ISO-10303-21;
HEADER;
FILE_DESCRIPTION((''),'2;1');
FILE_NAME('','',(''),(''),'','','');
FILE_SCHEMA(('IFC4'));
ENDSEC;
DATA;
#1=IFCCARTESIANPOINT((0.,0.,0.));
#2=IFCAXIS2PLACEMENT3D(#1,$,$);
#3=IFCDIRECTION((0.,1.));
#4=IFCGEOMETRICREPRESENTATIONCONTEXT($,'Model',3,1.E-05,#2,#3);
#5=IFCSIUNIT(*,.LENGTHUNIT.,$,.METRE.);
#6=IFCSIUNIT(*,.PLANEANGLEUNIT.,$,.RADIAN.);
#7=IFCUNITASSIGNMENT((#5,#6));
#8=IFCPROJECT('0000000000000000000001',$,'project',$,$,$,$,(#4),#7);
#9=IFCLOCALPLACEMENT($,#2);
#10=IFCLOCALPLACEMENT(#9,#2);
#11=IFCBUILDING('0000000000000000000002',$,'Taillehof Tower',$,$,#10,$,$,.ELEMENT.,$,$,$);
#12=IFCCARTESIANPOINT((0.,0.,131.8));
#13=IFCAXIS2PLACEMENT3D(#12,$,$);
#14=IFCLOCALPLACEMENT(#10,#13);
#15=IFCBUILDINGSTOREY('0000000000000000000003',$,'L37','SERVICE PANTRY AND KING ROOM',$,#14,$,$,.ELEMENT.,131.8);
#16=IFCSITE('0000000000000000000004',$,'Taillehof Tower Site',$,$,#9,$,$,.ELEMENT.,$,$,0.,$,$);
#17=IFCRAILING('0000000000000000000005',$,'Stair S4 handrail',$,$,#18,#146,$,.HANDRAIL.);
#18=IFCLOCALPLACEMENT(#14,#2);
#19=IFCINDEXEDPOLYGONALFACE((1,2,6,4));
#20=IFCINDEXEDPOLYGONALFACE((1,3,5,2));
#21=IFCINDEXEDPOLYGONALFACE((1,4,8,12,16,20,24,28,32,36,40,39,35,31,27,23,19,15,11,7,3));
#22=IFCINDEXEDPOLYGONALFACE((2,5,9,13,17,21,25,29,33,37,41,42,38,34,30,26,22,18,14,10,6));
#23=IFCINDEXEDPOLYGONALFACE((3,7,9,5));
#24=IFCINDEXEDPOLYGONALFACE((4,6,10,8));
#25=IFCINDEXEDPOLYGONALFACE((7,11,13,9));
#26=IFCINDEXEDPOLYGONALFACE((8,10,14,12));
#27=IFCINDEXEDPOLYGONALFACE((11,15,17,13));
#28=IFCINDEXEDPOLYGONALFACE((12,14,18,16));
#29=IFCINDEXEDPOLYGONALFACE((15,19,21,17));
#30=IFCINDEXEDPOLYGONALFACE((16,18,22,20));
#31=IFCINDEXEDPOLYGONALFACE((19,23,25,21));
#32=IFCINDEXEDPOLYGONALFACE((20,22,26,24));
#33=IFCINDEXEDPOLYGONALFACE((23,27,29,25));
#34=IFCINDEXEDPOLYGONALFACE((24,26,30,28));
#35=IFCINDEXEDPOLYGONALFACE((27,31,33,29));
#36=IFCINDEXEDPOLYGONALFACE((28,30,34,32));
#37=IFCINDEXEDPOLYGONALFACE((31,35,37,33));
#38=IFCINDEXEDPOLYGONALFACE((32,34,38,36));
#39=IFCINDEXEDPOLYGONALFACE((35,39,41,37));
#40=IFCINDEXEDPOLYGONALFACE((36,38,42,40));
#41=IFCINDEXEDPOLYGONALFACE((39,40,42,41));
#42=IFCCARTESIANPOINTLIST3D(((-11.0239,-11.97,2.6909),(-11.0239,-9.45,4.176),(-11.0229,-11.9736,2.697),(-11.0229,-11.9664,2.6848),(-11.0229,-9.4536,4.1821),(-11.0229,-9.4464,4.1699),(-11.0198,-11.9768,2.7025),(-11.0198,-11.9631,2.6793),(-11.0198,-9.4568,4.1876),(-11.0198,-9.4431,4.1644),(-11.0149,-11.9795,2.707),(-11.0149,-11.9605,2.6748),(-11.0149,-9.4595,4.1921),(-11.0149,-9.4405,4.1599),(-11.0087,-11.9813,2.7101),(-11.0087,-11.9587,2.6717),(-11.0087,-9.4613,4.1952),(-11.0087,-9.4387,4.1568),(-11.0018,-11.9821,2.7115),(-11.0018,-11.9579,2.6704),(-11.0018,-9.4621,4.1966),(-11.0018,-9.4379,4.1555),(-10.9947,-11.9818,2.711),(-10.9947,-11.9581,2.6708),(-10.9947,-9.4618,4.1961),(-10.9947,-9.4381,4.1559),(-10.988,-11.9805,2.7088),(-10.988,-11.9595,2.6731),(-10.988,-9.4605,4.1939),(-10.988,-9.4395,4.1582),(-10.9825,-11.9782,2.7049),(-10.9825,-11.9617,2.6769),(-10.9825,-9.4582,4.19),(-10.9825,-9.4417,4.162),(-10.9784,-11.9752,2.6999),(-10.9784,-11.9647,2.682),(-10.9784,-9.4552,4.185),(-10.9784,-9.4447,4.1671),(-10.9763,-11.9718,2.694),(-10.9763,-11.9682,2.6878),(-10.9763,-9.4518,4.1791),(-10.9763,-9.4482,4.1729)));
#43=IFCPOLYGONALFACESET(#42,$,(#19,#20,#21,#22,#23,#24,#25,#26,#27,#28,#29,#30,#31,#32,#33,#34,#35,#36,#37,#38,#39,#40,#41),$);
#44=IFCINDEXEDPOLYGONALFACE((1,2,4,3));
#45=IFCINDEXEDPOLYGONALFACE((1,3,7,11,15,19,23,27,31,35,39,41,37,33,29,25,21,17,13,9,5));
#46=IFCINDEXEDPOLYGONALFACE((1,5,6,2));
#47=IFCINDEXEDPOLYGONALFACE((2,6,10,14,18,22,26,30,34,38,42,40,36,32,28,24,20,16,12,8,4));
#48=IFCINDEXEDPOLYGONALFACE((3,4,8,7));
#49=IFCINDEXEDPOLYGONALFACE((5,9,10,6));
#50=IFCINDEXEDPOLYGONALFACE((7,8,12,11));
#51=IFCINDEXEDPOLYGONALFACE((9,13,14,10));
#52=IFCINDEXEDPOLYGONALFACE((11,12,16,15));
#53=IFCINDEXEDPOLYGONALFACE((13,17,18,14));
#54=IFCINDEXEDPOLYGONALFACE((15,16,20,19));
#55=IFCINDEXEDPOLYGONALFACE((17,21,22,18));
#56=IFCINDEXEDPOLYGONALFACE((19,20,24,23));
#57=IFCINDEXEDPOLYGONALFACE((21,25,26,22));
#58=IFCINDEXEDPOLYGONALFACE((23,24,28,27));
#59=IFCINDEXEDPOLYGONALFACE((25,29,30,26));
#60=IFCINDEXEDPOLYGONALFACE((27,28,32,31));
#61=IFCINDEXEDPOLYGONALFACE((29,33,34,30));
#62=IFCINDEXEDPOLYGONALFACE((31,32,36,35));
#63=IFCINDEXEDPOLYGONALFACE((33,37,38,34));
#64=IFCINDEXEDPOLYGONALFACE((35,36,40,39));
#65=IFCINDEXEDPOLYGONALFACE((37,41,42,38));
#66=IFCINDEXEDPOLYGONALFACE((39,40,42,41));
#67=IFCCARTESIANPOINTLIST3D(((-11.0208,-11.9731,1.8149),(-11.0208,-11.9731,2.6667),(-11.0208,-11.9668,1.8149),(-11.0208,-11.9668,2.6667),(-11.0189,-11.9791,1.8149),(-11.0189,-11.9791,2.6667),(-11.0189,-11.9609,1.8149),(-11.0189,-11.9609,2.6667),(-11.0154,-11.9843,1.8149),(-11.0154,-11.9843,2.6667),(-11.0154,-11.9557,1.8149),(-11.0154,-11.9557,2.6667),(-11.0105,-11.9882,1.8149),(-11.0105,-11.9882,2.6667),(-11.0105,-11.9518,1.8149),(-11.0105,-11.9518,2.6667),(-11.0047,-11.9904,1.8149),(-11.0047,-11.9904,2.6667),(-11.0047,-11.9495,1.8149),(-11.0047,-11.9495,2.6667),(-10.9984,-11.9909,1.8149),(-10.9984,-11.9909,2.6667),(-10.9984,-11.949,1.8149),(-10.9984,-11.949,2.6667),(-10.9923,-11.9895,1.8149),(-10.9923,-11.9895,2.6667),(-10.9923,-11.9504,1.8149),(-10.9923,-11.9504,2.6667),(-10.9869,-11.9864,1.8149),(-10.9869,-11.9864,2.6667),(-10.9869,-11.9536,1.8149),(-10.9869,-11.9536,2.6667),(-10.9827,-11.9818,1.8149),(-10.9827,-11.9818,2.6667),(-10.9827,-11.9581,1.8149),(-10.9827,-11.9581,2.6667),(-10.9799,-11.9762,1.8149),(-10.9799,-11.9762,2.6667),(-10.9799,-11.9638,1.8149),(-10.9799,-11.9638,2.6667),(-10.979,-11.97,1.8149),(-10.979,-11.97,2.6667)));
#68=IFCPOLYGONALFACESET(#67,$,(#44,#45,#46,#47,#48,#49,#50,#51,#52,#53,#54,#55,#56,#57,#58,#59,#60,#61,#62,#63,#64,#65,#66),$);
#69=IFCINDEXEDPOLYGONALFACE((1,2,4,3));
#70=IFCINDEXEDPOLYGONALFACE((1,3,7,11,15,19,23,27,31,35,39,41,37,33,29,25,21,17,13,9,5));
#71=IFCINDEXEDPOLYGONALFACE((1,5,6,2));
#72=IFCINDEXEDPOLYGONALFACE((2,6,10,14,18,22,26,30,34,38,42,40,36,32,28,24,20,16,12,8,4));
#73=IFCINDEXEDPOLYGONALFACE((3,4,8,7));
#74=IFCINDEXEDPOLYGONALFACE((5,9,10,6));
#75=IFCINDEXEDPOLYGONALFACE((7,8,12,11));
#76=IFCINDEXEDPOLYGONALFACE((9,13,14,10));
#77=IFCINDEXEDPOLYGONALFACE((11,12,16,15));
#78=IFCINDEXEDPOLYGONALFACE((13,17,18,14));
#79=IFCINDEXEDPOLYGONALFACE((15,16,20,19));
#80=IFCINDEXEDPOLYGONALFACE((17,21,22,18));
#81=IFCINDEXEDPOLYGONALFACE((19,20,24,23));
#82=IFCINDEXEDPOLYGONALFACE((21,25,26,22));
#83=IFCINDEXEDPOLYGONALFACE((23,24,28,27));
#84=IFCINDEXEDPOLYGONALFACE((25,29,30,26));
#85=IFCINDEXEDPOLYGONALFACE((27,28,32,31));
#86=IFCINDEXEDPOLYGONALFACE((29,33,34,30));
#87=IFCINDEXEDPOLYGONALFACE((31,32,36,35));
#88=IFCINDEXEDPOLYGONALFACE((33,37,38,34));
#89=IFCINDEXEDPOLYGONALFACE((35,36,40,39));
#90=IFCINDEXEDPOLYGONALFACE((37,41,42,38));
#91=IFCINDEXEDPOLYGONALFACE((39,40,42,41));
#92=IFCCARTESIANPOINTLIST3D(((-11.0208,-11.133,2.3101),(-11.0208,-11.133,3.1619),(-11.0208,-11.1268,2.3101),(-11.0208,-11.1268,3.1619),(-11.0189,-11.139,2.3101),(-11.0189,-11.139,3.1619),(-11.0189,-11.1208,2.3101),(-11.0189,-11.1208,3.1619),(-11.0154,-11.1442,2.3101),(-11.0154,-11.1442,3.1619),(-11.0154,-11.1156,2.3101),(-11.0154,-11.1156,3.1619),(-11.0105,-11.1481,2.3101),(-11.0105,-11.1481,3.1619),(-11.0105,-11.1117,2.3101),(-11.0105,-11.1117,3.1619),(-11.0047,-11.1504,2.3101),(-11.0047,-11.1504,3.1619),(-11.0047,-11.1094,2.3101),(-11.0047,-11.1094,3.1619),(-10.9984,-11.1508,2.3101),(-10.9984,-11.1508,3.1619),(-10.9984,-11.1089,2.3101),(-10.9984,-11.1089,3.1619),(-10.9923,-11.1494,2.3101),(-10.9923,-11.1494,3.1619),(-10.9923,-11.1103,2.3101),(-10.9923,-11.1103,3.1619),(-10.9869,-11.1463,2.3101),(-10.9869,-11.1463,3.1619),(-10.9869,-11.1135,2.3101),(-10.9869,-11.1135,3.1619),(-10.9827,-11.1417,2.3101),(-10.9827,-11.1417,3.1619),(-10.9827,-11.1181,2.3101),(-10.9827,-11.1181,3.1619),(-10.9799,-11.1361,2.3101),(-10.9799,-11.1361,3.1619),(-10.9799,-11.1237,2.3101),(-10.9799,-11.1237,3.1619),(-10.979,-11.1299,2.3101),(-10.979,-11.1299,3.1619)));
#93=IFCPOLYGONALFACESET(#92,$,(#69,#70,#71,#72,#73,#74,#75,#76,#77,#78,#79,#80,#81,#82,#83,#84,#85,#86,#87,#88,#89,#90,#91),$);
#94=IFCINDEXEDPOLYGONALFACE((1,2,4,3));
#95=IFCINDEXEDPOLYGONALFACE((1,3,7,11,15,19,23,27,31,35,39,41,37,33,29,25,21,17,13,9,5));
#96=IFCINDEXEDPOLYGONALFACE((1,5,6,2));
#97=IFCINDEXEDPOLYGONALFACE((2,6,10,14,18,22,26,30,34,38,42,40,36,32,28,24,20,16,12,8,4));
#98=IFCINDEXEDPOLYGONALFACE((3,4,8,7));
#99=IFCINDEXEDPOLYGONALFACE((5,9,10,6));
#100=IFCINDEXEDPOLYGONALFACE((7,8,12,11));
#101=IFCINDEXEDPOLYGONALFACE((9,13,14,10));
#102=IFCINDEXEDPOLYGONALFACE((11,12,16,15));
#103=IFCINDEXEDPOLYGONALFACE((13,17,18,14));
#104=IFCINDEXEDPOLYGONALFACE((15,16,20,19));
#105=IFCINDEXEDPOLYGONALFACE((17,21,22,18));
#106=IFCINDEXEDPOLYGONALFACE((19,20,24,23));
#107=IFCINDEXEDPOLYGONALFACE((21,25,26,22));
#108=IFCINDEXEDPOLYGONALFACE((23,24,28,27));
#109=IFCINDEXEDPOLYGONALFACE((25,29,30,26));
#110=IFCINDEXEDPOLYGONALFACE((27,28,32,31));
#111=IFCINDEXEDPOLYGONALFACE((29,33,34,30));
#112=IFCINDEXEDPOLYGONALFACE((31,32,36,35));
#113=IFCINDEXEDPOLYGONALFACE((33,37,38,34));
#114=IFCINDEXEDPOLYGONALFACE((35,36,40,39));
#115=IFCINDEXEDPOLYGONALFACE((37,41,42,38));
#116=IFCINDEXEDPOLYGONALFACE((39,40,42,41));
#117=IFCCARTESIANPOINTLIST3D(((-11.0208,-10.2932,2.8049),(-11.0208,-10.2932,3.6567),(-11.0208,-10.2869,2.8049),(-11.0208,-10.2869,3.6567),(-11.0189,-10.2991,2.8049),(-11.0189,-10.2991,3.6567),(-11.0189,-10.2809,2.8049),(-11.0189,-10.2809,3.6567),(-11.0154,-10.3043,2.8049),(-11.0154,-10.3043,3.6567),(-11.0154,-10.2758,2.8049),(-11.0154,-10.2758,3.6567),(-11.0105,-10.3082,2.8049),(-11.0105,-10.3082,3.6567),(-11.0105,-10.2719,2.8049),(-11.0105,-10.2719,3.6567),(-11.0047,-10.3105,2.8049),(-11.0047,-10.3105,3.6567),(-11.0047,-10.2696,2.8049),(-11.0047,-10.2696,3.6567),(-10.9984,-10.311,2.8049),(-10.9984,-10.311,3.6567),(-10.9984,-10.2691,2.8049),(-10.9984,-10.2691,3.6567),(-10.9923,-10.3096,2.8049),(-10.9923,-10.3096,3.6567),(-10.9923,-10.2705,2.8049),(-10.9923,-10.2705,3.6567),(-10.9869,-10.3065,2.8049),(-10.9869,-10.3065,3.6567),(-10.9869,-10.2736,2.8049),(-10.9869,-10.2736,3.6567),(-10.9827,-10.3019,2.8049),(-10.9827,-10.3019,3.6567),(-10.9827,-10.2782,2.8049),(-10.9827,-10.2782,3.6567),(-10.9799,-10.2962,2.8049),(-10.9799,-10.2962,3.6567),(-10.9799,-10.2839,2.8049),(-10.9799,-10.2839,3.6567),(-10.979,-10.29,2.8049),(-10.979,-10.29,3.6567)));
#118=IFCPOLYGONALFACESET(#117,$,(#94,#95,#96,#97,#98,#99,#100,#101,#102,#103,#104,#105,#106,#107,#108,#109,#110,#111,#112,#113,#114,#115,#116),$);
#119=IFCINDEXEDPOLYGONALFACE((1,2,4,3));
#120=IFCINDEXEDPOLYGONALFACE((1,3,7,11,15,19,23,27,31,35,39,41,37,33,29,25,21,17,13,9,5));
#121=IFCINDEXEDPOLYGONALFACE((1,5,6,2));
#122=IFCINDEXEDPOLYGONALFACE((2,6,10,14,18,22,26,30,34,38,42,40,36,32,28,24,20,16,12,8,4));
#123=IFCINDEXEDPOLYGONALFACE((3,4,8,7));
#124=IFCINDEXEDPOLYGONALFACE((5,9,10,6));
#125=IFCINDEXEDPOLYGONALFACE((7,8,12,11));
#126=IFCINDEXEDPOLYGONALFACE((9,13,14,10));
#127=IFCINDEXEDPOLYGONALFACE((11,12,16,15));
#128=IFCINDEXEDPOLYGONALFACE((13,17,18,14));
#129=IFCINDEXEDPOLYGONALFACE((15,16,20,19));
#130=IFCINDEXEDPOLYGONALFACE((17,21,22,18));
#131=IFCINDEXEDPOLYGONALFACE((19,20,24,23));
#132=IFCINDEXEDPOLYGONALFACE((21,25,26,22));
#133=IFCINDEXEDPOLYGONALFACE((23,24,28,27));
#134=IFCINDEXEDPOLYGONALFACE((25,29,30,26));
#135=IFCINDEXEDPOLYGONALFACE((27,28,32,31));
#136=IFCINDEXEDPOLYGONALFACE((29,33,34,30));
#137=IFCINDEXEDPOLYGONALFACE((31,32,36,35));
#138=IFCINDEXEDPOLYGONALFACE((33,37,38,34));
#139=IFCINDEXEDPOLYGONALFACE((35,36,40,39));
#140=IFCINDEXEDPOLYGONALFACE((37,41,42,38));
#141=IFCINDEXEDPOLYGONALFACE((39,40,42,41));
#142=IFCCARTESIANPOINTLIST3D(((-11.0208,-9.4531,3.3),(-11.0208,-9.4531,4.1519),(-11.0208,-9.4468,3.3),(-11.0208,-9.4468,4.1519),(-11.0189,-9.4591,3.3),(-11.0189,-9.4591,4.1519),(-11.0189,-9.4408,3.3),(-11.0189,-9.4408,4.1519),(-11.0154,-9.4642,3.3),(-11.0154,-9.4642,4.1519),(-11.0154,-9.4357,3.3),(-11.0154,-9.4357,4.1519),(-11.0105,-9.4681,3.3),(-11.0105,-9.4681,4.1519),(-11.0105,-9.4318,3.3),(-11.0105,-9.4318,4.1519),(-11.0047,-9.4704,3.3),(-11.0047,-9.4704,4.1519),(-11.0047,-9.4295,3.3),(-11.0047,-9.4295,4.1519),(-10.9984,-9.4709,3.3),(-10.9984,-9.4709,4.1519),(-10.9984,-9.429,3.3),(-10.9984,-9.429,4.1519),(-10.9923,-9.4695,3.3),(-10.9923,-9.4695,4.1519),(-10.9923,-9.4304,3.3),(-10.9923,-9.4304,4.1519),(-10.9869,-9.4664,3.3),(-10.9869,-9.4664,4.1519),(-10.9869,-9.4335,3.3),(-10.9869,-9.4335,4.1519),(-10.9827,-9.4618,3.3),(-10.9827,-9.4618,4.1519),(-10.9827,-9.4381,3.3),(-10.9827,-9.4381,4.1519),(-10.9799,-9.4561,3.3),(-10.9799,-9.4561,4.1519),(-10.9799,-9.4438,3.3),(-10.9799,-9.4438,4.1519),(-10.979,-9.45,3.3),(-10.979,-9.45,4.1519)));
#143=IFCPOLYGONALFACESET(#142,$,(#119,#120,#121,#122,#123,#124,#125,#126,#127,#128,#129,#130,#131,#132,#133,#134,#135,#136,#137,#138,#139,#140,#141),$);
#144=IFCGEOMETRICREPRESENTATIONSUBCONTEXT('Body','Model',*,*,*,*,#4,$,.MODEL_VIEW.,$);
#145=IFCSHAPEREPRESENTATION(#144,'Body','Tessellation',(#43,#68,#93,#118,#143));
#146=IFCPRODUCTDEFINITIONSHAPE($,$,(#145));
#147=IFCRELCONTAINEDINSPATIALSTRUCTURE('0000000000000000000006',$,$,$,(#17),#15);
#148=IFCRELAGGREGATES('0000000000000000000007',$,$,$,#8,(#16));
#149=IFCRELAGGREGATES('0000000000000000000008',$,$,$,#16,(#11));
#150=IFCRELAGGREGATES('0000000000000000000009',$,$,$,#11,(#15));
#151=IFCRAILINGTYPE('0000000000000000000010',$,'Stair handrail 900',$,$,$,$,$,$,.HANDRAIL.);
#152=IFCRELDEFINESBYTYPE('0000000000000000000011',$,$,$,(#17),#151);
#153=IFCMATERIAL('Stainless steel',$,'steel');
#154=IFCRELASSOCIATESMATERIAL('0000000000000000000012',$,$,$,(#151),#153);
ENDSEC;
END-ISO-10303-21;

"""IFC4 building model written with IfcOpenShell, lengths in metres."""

from ifc_helpers import new_model, si_unit, direction, frame, origin, origin_2d, place, context, subcontext, project, spatial, circle, extrude, material, type_object, element, save


model = new_model("IFC4")

# Units and contexts
model_context = context("Model", 3, precision=1e-05, world=origin(), true_north=direction((0.0, 1.0)))
body_context = subcontext(model_context, "Body", "Model", "MODEL_VIEW")
ifc_project = project(units=[si_unit("LENGTHUNIT", "METRE"), si_unit("PLANEANGLEUNIT", "RADIAN")], contexts=[model_context])

# Site, building, storey
site_placement = place(None, origin())
site = spatial("IfcSite", under=ifc_project, at=site_placement, Name="Taillehof Tower Site", CompositionType="ELEMENT", RefElevation=0.0)
building_placement = place(site_placement, origin())
building = spatial("IfcBuilding", under=site, at=building_placement, Name="Taillehof Tower", CompositionType="ELEMENT")
storey_placement = place(building_placement, frame((0.0, 0.0, 131.8)))
storey = spatial("IfcBuildingStorey", under=building, at=storey_placement, Name="L37", Description="SERVICE PANTRY AND KING ROOM", CompositionType="ELEMENT", Elevation=131.8)

# Railing
ifc_material_1 = material(Name="Stainless steel", Category="steel")
railing_type = type_object("IfcRailingType", Name="Stair handrail 900", PredefinedType="HANDRAIL", material=ifc_material_1)
railing_1_placement = place(storey_placement, frame((-11.0, -11.97, 1.8149)))
element("IfcRailing", 1, at=railing_1_placement, inside=storey, type_object=railing_type, Name="Stair S4 handrail", PredefinedType="HANDRAIL", context=body_context, shape_type="SweptSolid", body=[
    extrude(circle(Radius=0.0239, at=origin_2d()), frame((0.0, 0.0, 0.876), z_axis=(0.0, 0.861524, 0.507717), x_axis=(-1.0, 0.0, 0.0)), (0.0, 0.0, 1.0), 2.925),
    extrude(circle(Radius=0.021, at=origin_2d()), origin(), (0.0, 0.0, 1.0), 0.8518),
    extrude(circle(Radius=0.021, at=origin_2d()), frame((0.0, 0.8401, 0.4951)), (0.0, 0.0, 1.0), 0.8518),
    extrude(circle(Radius=0.021, at=origin_2d()), frame((0.0, 1.6799, 0.99)), (0.0, 0.0, 1.0), 0.8518),
    extrude(circle(Radius=0.021, at=origin_2d()), frame((0.0, 2.52, 1.4851)), (0.0, 0.0, 1.0), 0.8518),
])

save(model, "model.ifc")
